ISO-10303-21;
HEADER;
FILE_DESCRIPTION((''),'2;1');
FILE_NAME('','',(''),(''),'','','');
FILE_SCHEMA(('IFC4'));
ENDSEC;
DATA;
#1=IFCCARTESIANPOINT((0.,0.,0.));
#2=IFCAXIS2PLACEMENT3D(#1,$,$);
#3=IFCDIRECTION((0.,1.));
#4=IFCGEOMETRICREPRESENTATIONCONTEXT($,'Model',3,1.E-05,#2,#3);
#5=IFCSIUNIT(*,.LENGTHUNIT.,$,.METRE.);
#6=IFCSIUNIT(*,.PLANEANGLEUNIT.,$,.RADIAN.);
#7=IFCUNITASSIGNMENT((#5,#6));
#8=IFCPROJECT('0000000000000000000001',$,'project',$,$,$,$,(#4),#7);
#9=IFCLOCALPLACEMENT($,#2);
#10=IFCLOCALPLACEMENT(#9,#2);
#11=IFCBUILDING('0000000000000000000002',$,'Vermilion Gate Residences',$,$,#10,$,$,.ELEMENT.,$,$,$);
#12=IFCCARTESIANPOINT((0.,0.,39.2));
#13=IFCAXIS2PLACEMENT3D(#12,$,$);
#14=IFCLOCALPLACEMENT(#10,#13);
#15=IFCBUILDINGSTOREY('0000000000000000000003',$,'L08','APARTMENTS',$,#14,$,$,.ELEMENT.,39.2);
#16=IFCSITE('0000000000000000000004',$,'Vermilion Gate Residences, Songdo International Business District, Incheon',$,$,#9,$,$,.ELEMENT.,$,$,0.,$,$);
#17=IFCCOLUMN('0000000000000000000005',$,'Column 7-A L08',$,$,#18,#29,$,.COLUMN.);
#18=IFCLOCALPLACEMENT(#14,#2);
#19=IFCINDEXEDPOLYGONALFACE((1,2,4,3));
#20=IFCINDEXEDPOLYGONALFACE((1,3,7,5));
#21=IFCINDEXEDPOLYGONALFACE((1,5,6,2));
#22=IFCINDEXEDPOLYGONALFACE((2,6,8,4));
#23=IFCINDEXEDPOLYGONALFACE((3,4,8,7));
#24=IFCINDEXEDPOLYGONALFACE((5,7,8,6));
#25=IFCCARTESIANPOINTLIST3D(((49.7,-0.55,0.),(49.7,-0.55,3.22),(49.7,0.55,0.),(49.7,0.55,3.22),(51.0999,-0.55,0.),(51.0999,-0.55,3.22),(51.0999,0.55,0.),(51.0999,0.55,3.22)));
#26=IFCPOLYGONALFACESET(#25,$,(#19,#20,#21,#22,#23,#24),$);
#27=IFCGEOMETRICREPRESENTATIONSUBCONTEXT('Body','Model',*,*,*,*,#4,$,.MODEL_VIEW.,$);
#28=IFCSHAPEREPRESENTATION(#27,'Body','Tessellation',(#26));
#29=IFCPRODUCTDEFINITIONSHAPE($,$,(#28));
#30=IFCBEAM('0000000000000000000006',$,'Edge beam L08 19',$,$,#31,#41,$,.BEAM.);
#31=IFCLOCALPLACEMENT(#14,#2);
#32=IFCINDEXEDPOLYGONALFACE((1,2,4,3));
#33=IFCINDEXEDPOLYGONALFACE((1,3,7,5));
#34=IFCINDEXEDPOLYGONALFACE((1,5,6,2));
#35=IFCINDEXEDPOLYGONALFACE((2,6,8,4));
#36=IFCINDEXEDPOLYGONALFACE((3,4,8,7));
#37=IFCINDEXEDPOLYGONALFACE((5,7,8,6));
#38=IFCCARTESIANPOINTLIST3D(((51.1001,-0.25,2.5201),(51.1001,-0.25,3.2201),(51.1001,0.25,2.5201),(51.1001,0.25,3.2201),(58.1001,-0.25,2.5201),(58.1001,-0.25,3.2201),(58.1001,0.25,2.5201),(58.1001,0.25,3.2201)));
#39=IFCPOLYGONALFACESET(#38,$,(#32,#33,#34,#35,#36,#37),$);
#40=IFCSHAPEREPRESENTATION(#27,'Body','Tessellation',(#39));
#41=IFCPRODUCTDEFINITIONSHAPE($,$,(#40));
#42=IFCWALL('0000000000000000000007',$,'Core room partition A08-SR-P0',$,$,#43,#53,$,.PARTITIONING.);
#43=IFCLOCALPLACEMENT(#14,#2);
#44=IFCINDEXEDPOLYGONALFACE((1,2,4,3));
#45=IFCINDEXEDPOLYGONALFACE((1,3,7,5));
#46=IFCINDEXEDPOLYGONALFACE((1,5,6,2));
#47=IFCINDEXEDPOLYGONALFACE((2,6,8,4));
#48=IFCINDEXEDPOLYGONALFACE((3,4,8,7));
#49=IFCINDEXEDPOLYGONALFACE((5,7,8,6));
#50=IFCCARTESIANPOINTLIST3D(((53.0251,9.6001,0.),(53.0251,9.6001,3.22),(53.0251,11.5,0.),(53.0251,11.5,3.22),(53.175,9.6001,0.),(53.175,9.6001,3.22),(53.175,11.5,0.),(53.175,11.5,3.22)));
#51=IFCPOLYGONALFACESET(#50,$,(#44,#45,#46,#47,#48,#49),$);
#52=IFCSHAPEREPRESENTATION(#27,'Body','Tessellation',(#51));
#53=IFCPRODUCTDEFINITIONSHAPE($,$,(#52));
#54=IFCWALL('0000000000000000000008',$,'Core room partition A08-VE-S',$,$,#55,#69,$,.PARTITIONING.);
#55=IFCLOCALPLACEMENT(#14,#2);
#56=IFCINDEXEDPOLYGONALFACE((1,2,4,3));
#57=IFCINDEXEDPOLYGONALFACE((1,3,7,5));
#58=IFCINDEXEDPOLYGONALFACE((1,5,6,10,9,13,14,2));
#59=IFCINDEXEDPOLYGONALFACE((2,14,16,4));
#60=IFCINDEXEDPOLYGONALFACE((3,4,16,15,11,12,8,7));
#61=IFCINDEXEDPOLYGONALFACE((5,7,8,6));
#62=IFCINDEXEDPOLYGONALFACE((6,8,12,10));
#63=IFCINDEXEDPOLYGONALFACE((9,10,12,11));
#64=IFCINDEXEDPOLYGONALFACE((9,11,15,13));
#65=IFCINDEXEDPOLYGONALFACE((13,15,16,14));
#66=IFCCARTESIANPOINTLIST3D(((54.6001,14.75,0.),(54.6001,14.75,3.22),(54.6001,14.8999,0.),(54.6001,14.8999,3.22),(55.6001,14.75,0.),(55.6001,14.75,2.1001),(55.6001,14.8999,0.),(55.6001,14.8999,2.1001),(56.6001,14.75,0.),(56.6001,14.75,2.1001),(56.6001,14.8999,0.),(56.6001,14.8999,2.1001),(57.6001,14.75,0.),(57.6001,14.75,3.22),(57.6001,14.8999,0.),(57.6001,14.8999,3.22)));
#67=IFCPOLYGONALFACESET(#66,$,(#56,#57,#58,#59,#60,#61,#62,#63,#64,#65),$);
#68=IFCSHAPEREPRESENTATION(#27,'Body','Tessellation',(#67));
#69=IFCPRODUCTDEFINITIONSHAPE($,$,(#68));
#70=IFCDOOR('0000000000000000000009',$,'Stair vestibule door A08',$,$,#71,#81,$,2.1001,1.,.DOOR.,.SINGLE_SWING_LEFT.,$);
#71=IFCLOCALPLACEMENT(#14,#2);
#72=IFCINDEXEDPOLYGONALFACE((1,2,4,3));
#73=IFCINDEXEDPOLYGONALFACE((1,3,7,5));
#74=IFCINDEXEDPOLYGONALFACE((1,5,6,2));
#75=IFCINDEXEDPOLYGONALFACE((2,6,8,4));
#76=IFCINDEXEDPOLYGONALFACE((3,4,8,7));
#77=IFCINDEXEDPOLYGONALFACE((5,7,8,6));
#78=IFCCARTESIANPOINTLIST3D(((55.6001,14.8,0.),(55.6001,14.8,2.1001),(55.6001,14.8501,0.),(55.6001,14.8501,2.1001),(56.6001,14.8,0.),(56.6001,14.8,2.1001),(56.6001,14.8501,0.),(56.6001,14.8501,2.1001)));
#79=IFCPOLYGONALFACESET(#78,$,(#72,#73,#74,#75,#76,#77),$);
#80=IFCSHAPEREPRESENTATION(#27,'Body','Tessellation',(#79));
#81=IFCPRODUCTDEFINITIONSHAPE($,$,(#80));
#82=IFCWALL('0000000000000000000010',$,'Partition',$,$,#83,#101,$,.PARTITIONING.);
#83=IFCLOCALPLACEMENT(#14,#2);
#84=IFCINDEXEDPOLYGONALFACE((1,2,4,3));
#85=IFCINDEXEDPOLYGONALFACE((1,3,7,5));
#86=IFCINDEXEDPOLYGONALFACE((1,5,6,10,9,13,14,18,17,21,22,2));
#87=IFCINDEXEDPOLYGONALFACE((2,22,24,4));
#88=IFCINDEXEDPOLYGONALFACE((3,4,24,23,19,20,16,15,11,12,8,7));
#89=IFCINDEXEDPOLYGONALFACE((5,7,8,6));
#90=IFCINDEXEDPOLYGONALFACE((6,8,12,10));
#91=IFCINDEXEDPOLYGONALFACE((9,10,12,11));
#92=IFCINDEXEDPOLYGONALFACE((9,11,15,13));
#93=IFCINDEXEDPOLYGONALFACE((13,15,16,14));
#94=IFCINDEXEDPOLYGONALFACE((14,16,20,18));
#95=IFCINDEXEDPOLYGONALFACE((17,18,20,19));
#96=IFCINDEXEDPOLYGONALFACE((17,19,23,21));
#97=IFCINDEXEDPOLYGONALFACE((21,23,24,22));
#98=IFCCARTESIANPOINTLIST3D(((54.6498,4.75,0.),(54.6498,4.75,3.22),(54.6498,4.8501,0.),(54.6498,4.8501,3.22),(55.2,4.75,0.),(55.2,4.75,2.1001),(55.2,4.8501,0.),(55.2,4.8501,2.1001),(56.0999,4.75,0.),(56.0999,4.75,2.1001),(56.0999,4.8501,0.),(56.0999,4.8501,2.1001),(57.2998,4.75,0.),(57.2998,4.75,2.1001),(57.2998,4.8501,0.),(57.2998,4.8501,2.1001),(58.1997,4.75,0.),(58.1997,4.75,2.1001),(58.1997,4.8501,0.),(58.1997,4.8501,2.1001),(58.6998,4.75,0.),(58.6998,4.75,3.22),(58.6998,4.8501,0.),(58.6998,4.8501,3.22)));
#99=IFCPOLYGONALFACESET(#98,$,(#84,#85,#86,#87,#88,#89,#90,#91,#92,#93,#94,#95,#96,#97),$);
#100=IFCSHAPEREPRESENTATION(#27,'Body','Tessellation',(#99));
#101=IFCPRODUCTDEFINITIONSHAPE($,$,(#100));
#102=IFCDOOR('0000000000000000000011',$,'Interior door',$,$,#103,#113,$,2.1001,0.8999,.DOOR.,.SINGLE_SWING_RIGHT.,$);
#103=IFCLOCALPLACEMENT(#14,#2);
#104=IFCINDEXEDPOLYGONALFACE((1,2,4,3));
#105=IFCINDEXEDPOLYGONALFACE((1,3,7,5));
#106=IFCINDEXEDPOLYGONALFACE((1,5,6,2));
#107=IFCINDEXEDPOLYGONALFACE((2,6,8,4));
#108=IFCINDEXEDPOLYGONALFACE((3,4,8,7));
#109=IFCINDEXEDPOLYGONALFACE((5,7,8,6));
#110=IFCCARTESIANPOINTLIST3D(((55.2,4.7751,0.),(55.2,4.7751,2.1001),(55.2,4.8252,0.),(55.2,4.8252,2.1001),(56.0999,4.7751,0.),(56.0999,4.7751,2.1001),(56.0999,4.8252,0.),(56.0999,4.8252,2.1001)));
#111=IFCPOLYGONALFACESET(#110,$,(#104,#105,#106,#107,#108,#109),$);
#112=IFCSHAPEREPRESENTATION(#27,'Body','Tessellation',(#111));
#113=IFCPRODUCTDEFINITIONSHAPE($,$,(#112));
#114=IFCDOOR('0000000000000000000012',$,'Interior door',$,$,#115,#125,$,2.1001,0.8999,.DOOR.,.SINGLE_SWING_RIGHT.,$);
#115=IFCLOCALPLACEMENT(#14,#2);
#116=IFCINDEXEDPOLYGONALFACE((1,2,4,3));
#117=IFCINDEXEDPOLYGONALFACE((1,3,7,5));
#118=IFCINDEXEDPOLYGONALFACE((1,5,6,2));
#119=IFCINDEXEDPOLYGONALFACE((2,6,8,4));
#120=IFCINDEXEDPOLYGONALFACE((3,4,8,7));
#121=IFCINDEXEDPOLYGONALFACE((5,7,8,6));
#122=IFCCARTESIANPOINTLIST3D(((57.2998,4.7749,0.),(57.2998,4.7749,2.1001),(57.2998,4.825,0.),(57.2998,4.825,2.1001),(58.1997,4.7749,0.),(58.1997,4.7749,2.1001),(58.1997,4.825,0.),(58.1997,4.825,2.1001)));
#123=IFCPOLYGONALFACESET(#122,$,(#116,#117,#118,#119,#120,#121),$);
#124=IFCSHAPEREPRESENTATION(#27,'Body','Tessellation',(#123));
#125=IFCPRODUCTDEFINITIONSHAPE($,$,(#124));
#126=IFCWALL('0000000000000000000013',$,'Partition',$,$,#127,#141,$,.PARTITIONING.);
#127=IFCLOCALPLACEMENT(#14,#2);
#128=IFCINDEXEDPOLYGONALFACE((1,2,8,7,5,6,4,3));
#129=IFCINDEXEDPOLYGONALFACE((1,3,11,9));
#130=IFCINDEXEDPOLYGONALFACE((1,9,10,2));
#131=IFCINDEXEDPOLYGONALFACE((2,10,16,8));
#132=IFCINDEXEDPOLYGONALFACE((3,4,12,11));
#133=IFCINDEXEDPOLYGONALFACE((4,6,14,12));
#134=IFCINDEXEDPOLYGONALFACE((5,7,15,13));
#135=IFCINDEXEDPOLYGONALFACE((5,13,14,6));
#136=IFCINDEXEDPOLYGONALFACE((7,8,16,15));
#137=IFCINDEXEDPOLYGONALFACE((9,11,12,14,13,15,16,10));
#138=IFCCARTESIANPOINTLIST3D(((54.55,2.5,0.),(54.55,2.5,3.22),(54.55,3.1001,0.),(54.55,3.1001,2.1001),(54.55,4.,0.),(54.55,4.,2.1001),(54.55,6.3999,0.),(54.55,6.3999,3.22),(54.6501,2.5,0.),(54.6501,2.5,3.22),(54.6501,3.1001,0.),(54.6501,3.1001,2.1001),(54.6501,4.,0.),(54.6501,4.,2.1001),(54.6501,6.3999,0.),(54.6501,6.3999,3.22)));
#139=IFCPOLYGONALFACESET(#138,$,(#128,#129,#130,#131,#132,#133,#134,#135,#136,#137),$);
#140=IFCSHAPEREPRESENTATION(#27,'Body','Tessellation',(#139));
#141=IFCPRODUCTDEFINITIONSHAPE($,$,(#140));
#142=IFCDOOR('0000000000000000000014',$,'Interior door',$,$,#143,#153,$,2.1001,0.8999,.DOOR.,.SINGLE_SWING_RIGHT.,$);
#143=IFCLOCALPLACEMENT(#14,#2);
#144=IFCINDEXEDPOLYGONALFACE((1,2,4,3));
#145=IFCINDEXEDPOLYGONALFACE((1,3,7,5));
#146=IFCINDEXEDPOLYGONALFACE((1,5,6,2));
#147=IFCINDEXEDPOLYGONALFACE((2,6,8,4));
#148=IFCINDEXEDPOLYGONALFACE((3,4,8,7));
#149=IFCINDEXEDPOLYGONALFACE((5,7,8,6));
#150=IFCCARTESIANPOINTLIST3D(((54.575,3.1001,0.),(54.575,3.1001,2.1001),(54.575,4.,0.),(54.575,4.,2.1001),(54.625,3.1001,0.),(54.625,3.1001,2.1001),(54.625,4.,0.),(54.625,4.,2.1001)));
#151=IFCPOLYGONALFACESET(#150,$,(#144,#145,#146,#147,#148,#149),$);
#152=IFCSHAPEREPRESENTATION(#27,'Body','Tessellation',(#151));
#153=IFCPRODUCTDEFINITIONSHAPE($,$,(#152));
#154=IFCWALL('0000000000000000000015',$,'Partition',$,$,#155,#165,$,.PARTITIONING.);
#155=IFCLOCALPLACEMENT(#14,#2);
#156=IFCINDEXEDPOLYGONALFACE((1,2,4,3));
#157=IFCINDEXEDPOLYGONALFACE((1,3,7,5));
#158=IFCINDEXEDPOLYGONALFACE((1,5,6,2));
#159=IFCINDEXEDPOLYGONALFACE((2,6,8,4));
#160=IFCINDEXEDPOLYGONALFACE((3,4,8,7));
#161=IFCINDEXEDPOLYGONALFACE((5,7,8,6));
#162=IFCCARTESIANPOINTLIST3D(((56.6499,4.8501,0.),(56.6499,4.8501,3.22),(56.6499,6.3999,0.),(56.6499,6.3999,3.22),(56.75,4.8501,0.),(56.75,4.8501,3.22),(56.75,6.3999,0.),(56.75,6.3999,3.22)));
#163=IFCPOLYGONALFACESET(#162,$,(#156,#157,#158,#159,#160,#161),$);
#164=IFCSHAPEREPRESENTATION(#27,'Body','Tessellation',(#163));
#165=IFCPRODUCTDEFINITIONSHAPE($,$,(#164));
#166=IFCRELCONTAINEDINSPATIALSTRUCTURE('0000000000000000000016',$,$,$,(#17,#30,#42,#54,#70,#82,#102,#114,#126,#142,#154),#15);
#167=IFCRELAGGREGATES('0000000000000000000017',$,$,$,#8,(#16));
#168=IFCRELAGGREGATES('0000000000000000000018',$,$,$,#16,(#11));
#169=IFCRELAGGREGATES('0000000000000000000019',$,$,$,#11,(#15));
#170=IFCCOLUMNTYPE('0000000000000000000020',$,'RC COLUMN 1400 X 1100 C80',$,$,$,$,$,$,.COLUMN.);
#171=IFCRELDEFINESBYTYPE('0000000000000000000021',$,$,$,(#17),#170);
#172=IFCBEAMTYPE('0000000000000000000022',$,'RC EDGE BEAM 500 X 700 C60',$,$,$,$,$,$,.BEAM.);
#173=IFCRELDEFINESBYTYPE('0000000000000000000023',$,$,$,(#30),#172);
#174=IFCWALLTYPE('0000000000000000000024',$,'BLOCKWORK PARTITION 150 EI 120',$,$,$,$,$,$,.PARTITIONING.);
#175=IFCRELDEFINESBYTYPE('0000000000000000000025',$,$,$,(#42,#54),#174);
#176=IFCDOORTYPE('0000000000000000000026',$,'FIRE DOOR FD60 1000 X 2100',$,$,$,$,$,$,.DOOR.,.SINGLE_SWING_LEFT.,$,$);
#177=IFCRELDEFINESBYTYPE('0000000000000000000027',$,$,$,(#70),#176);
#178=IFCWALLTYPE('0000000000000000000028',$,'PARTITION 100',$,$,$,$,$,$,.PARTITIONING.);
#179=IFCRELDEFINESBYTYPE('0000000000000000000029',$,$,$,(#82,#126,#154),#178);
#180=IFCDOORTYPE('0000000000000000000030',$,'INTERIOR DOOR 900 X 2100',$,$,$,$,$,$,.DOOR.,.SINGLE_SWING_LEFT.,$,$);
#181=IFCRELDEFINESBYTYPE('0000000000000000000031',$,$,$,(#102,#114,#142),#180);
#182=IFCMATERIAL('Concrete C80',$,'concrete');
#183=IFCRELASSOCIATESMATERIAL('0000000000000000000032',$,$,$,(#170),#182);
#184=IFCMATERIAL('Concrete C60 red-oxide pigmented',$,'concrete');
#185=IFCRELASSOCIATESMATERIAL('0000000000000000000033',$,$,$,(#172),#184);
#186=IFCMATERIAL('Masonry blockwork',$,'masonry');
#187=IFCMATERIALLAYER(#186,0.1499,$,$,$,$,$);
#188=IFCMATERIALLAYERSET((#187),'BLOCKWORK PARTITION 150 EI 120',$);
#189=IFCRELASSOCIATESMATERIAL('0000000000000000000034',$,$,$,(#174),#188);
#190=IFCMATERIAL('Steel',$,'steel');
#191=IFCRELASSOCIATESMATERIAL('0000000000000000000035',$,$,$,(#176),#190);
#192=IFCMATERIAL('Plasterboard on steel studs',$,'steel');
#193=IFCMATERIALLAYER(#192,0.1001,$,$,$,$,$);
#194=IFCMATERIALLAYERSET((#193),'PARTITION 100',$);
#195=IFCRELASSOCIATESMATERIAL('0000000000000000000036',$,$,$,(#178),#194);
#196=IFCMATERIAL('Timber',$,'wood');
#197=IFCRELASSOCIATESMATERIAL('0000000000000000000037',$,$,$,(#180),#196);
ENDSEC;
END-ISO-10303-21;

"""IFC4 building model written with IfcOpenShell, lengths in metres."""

from ifc_helpers import new_model, si_unit, direction, frame, frame_2d, origin, origin_2d, place, context, subcontext, project, spatial, rectangle, extrude, material, layer, layer_set, material_profile, profile_set, type_object, element, fill, save


model = new_model("IFC4")

# Units and contexts
model_context = context("Model", 3, precision=1e-05, world=origin(), true_north=direction((0.0, 1.0)))
body_context = subcontext(model_context, "Body", "Model", "MODEL_VIEW")
ifc_project = project(units=[si_unit("LENGTHUNIT", "METRE"), si_unit("PLANEANGLEUNIT", "RADIAN")], contexts=[model_context])

# Site, building, storey
site_placement = place(None, origin())
site = spatial("IfcSite", under=ifc_project, at=site_placement, Name="Vermilion Gate Residences, Songdo International Business District, Incheon", CompositionType="ELEMENT", RefElevation=0.0)
building_placement = place(site_placement, origin())
building = spatial("IfcBuilding", under=site, at=building_placement, Name="Vermilion Gate Residences", CompositionType="ELEMENT")
storey_placement = place(building_placement, frame((0.0, 0.0, 39.2)))
storey = spatial("IfcBuildingStorey", under=building, at=storey_placement, Name="L08", Description="APARTMENTS", CompositionType="ELEMENT", Elevation=39.2)

# Column
ifc_material_1 = material(Name="Concrete C80", Category="concrete")
ifc_material_profile_1 = material_profile(ifc_material_1, rectangle(XDim=1.3999, YDim=1.1001, at=origin_2d()), Name="RC-1400x1100")
ifc_profile_set_1 = profile_set([ifc_material_profile_1], Name="Concrete C80")
column_type = type_object("IfcColumnType", Name="RC COLUMN 1400 X 1100 C80", PredefinedType="COLUMN", material=ifc_profile_set_1)
column_placement = place(storey_placement, frame((50.3999, 0.0, 0.0), z_axis=(0.0, 0.0, 1.0), x_axis=(1.0, 0.0, 0.0)))
element("IfcColumn", 1, at=column_placement, inside=storey, type_object=column_type, Name="Column 7-A L08", PredefinedType="COLUMN", context=body_context, shape_type="SweptSolid", body=[
    extrude(rectangle(XDim=1.3999, YDim=1.1001, at=origin_2d()), origin(), (0.0, 0.0, 1.0), 3.22),
])

# Beam
ifc_material_2 = material(Name="Concrete C60 red-oxide pigmented", Category="concrete")
ifc_material_profile_2 = material_profile(ifc_material_2, rectangle(XDim=0.5, YDim=0.7, at=origin_2d()), Name="RC-500x700")
ifc_profile_set_2 = profile_set([ifc_material_profile_2], Name="Concrete C60 red-oxide pigmented")
beam_type = type_object("IfcBeamType", Name="RC EDGE BEAM 500 X 700 C60", PredefinedType="BEAM", material=ifc_profile_set_2)
beam_placement = place(storey_placement, frame((51.1001, 0.0, 2.8701), z_axis=(1.0, 0.0, 0.0), x_axis=(0.0, 1.0, 0.0)))
element("IfcBeam", 2, at=beam_placement, inside=storey, type_object=beam_type, Name="Edge beam L08 19", PredefinedType="BEAM", context=body_context, shape_type="SweptSolid", body=[
    extrude(rectangle(XDim=0.5, YDim=0.7, at=origin_2d()), origin(), (0.0, 0.0, 1.0), 7.0),
])

# Wall
ifc_material_3 = material(Name="Masonry blockwork", Category="masonry")
ifc_layer_1 = layer(ifc_material_3, 0.1499)
ifc_layer_set_1 = layer_set([ifc_layer_1], Name="BLOCKWORK PARTITION 150 EI 120")
wall_type_1 = type_object("IfcWallType", Name="BLOCKWORK PARTITION 150 EI 120", PredefinedType="PARTITIONING", material=ifc_layer_set_1)
wall_1_placement = place(storey_placement, frame((53.1001, 9.6001, 0.0), z_axis=(0.0, 0.0, 1.0), x_axis=(0.0, 1.0, 0.0)))
element("IfcWall", 3, at=wall_1_placement, inside=storey, type_object=wall_type_1, Name="Core room partition A08-SR-P0", PredefinedType="PARTITIONING", context=body_context, shape_type="SweptSolid", body=[
    extrude(rectangle(XDim=1.8999, YDim=0.1499, at=frame_2d((0.95, 0.0))), origin(), (0.0, 0.0, 1.0), 3.22),
])

# Wall, opening, door
wall_2_placement = place(storey_placement, frame((54.6001, 14.825, 0.0), z_axis=(0.0, 0.0, 1.0), x_axis=(1.0, 0.0, 0.0)))
wall_2 = element("IfcWall", 4, at=wall_2_placement, inside=storey, type_object=wall_type_1, Name="Core room partition A08-VE-S", PredefinedType="PARTITIONING", context=body_context, shape_type="SweptSolid", body=[
    extrude(rectangle(XDim=3.0, YDim=0.1499, at=frame_2d((1.5, 0.0))), origin(), (0.0, 0.0, 1.0), 3.22),
])
opening_1_placement = place(wall_2_placement, frame((1.0, 0.0, 0.0)))
opening_1 = element("IfcOpeningElement", 5, at=opening_1_placement, cuts=wall_2, PredefinedType="OPENING", context=body_context, shape_type="SweptSolid", body=[
    extrude(rectangle(XDim=1.0, YDim=2.1001, at=frame_2d((0.5, 1.05))), frame((0.0, 0.085, 0.0), z_axis=(0.0, -1.0, 0.0), x_axis=(1.0, 0.0, 0.0)), (0.0, 0.0, 1.0), 0.1699),
])
ifc_material_4 = material(Name="Steel", Category="steel")
door_type_1 = type_object("IfcDoorType", Name="FIRE DOOR FD60 1000 X 2100", OperationType="SINGLE_SWING_LEFT", PredefinedType="DOOR", material=ifc_material_4)
door_1_placement = place(opening_1_placement, frame((1.0, 0.0, 0.0), z_axis=(0.0, 0.0, 1.0), x_axis=(-1.0, 0.0, 0.0)))
door_1 = element("IfcDoor", 6, at=door_1_placement, inside=storey, type_object=door_type_1, Name="Stair vestibule door A08", OperationType="SINGLE_SWING_LEFT", OverallHeight=2.1001, OverallWidth=1.0, PredefinedType="DOOR", context=body_context, shape_type="SweptSolid", body=[
    extrude(rectangle(XDim=1.0, YDim=2.1001, at=frame_2d((0.5, 1.05))), frame((0.0, 0.0249, 0.0), z_axis=(0.0, -1.0, 0.0), x_axis=(1.0, 0.0, 0.0)), (0.0, 0.0, 1.0), 0.05),
])
fill(opening_1, door_1)

# Wall, openings, doors
ifc_material_5 = material(Name="Plasterboard on steel studs", Category="steel")
ifc_layer_2 = layer(ifc_material_5, 0.1001)
ifc_layer_set_2 = layer_set([ifc_layer_2], Name="PARTITION 100")
wall_type_2 = type_object("IfcWallType", Name="PARTITION 100", PredefinedType="PARTITIONING", material=ifc_layer_set_2)
wall_3_placement = place(storey_placement, frame((54.6499, 4.8, 0.0), z_axis=(0.0, 0.0, 1.0), x_axis=(1.0, 0.0, 0.0)))
wall_3 = element("IfcWall", 7, at=wall_3_placement, inside=storey, type_object=wall_type_2, Name="Partition", PredefinedType="PARTITIONING", context=body_context, shape_type="SweptSolid", body=[
    extrude(rectangle(XDim=4.05, YDim=0.1001, at=frame_2d((2.0249, 0.0))), origin(), (0.0, 0.0, 1.0), 3.22),
])
opening_2_placement = place(wall_3_placement, frame((0.55, 0.0, 0.0)))
opening_2 = element("IfcOpeningElement", 8, at=opening_2_placement, cuts=wall_3, PredefinedType="OPENING", context=body_context, shape_type="SweptSolid", body=[
    extrude(rectangle(XDim=0.8999, YDim=2.1001, at=frame_2d((0.45, 1.05))), frame((0.0, 0.0601, 0.0), z_axis=(0.0, -1.0, 0.0), x_axis=(1.0, 0.0, 0.0)), (0.0, 0.0, 1.0), 0.1201),
])
opening_3_placement = place(wall_3_placement, frame((2.6499, 0.0, 0.0)))
opening_3 = element("IfcOpeningElement", 9, at=opening_3_placement, cuts=wall_3, PredefinedType="OPENING", context=body_context, shape_type="SweptSolid", body=[
    extrude(rectangle(XDim=0.8999, YDim=2.1001, at=frame_2d((0.45, 1.05))), frame((0.0, 0.0601, 0.0), z_axis=(0.0, -1.0, 0.0), x_axis=(1.0, 0.0, 0.0)), (0.0, 0.0, 1.0), 0.1201),
])
ifc_material_6 = material(Name="Timber", Category="wood")
door_type_2 = type_object("IfcDoorType", Name="INTERIOR DOOR 900 X 2100", OperationType="SINGLE_SWING_LEFT", PredefinedType="DOOR", material=ifc_material_6)
door_2_placement = place(opening_2_placement, frame((0.8999, 0.0, 0.0), z_axis=(0.0, 0.0, 1.0), x_axis=(-1.0, 0.0, 0.0)))
door_2 = element("IfcDoor", 10, at=door_2_placement, inside=storey, type_object=door_type_2, Name="Interior door", OperationType="SINGLE_SWING_RIGHT", OverallHeight=2.1001, OverallWidth=0.8999, PredefinedType="DOOR", context=body_context, shape_type="SweptSolid", body=[
    extrude(rectangle(XDim=0.8999, YDim=2.1001, at=frame_2d((0.45, 1.05))), frame((0.0, 0.0249, 0.0), z_axis=(0.0, -1.0, 0.0), x_axis=(1.0, 0.0, 0.0)), (0.0, 0.0, 1.0), 0.05),
])
fill(opening_2, door_2)
door_3_placement = place(opening_3_placement, origin())
door_3 = element("IfcDoor", 11, at=door_3_placement, inside=storey, type_object=door_type_2, Name="Interior door", OperationType="SINGLE_SWING_RIGHT", OverallHeight=2.1001, OverallWidth=0.8999, PredefinedType="DOOR", context=body_context, shape_type="SweptSolid", body=[
    extrude(rectangle(XDim=0.8999, YDim=2.1001, at=frame_2d((0.45, 1.05))), frame((0.0, 0.0249, 0.0), z_axis=(0.0, -1.0, 0.0), x_axis=(1.0, 0.0, 0.0)), (0.0, 0.0, 1.0), 0.05),
])
fill(opening_3, door_3)

# Wall, opening, door
wall_4_placement = place(storey_placement, frame((54.6001, 2.5, 0.0), z_axis=(0.0, 0.0, 1.0), x_axis=(0.0, 1.0, 0.0)))
wall_4 = element("IfcWall", 12, at=wall_4_placement, inside=storey, type_object=wall_type_2, Name="Partition", PredefinedType="PARTITIONING", context=body_context, shape_type="SweptSolid", body=[
    extrude(rectangle(XDim=3.8999, YDim=0.1001, at=frame_2d((1.95, 0.0))), origin(), (0.0, 0.0, 1.0), 3.22),
])
opening_4_placement = place(wall_4_placement, frame((0.6001, 0.0, 0.0)))
opening_4 = element("IfcOpeningElement", 13, at=opening_4_placement, cuts=wall_4, PredefinedType="OPENING", context=body_context, shape_type="SweptSolid", body=[
    extrude(rectangle(XDim=0.8999, YDim=2.1001, at=frame_2d((0.45, 1.05))), frame((0.0, 0.0601, 0.0), z_axis=(0.0, -1.0, 0.0), x_axis=(1.0, 0.0, 0.0)), (0.0, 0.0, 1.0), 0.1201),
])
door_4_placement = place(opening_4_placement, frame((0.8999, 0.0, 0.0), z_axis=(0.0, 0.0, 1.0), x_axis=(-1.0, 0.0, 0.0)))
door_4 = element("IfcDoor", 14, at=door_4_placement, inside=storey, type_object=door_type_2, Name="Interior door", OperationType="SINGLE_SWING_RIGHT", OverallHeight=2.1001, OverallWidth=0.8999, PredefinedType="DOOR", context=body_context, shape_type="SweptSolid", body=[
    extrude(rectangle(XDim=0.8999, YDim=2.1001, at=frame_2d((0.45, 1.05))), frame((0.0, 0.0249, 0.0), z_axis=(0.0, -1.0, 0.0), x_axis=(1.0, 0.0, 0.0)), (0.0, 0.0, 1.0), 0.05),
])
fill(opening_4, door_4)

# Wall
wall_5_placement = place(storey_placement, frame((56.7, 4.8501, 0.0), z_axis=(0.0, 0.0, 1.0), x_axis=(0.0, 1.0, 0.0)))
element("IfcWall", 15, at=wall_5_placement, inside=storey, type_object=wall_type_2, Name="Partition", PredefinedType="PARTITIONING", context=body_context, shape_type="SweptSolid", body=[
    extrude(rectangle(XDim=1.5498, YDim=0.1001, at=frame_2d((0.7749, 0.0))), origin(), (0.0, 0.0, 1.0), 3.22),
])

save(model, "model.ifc")
